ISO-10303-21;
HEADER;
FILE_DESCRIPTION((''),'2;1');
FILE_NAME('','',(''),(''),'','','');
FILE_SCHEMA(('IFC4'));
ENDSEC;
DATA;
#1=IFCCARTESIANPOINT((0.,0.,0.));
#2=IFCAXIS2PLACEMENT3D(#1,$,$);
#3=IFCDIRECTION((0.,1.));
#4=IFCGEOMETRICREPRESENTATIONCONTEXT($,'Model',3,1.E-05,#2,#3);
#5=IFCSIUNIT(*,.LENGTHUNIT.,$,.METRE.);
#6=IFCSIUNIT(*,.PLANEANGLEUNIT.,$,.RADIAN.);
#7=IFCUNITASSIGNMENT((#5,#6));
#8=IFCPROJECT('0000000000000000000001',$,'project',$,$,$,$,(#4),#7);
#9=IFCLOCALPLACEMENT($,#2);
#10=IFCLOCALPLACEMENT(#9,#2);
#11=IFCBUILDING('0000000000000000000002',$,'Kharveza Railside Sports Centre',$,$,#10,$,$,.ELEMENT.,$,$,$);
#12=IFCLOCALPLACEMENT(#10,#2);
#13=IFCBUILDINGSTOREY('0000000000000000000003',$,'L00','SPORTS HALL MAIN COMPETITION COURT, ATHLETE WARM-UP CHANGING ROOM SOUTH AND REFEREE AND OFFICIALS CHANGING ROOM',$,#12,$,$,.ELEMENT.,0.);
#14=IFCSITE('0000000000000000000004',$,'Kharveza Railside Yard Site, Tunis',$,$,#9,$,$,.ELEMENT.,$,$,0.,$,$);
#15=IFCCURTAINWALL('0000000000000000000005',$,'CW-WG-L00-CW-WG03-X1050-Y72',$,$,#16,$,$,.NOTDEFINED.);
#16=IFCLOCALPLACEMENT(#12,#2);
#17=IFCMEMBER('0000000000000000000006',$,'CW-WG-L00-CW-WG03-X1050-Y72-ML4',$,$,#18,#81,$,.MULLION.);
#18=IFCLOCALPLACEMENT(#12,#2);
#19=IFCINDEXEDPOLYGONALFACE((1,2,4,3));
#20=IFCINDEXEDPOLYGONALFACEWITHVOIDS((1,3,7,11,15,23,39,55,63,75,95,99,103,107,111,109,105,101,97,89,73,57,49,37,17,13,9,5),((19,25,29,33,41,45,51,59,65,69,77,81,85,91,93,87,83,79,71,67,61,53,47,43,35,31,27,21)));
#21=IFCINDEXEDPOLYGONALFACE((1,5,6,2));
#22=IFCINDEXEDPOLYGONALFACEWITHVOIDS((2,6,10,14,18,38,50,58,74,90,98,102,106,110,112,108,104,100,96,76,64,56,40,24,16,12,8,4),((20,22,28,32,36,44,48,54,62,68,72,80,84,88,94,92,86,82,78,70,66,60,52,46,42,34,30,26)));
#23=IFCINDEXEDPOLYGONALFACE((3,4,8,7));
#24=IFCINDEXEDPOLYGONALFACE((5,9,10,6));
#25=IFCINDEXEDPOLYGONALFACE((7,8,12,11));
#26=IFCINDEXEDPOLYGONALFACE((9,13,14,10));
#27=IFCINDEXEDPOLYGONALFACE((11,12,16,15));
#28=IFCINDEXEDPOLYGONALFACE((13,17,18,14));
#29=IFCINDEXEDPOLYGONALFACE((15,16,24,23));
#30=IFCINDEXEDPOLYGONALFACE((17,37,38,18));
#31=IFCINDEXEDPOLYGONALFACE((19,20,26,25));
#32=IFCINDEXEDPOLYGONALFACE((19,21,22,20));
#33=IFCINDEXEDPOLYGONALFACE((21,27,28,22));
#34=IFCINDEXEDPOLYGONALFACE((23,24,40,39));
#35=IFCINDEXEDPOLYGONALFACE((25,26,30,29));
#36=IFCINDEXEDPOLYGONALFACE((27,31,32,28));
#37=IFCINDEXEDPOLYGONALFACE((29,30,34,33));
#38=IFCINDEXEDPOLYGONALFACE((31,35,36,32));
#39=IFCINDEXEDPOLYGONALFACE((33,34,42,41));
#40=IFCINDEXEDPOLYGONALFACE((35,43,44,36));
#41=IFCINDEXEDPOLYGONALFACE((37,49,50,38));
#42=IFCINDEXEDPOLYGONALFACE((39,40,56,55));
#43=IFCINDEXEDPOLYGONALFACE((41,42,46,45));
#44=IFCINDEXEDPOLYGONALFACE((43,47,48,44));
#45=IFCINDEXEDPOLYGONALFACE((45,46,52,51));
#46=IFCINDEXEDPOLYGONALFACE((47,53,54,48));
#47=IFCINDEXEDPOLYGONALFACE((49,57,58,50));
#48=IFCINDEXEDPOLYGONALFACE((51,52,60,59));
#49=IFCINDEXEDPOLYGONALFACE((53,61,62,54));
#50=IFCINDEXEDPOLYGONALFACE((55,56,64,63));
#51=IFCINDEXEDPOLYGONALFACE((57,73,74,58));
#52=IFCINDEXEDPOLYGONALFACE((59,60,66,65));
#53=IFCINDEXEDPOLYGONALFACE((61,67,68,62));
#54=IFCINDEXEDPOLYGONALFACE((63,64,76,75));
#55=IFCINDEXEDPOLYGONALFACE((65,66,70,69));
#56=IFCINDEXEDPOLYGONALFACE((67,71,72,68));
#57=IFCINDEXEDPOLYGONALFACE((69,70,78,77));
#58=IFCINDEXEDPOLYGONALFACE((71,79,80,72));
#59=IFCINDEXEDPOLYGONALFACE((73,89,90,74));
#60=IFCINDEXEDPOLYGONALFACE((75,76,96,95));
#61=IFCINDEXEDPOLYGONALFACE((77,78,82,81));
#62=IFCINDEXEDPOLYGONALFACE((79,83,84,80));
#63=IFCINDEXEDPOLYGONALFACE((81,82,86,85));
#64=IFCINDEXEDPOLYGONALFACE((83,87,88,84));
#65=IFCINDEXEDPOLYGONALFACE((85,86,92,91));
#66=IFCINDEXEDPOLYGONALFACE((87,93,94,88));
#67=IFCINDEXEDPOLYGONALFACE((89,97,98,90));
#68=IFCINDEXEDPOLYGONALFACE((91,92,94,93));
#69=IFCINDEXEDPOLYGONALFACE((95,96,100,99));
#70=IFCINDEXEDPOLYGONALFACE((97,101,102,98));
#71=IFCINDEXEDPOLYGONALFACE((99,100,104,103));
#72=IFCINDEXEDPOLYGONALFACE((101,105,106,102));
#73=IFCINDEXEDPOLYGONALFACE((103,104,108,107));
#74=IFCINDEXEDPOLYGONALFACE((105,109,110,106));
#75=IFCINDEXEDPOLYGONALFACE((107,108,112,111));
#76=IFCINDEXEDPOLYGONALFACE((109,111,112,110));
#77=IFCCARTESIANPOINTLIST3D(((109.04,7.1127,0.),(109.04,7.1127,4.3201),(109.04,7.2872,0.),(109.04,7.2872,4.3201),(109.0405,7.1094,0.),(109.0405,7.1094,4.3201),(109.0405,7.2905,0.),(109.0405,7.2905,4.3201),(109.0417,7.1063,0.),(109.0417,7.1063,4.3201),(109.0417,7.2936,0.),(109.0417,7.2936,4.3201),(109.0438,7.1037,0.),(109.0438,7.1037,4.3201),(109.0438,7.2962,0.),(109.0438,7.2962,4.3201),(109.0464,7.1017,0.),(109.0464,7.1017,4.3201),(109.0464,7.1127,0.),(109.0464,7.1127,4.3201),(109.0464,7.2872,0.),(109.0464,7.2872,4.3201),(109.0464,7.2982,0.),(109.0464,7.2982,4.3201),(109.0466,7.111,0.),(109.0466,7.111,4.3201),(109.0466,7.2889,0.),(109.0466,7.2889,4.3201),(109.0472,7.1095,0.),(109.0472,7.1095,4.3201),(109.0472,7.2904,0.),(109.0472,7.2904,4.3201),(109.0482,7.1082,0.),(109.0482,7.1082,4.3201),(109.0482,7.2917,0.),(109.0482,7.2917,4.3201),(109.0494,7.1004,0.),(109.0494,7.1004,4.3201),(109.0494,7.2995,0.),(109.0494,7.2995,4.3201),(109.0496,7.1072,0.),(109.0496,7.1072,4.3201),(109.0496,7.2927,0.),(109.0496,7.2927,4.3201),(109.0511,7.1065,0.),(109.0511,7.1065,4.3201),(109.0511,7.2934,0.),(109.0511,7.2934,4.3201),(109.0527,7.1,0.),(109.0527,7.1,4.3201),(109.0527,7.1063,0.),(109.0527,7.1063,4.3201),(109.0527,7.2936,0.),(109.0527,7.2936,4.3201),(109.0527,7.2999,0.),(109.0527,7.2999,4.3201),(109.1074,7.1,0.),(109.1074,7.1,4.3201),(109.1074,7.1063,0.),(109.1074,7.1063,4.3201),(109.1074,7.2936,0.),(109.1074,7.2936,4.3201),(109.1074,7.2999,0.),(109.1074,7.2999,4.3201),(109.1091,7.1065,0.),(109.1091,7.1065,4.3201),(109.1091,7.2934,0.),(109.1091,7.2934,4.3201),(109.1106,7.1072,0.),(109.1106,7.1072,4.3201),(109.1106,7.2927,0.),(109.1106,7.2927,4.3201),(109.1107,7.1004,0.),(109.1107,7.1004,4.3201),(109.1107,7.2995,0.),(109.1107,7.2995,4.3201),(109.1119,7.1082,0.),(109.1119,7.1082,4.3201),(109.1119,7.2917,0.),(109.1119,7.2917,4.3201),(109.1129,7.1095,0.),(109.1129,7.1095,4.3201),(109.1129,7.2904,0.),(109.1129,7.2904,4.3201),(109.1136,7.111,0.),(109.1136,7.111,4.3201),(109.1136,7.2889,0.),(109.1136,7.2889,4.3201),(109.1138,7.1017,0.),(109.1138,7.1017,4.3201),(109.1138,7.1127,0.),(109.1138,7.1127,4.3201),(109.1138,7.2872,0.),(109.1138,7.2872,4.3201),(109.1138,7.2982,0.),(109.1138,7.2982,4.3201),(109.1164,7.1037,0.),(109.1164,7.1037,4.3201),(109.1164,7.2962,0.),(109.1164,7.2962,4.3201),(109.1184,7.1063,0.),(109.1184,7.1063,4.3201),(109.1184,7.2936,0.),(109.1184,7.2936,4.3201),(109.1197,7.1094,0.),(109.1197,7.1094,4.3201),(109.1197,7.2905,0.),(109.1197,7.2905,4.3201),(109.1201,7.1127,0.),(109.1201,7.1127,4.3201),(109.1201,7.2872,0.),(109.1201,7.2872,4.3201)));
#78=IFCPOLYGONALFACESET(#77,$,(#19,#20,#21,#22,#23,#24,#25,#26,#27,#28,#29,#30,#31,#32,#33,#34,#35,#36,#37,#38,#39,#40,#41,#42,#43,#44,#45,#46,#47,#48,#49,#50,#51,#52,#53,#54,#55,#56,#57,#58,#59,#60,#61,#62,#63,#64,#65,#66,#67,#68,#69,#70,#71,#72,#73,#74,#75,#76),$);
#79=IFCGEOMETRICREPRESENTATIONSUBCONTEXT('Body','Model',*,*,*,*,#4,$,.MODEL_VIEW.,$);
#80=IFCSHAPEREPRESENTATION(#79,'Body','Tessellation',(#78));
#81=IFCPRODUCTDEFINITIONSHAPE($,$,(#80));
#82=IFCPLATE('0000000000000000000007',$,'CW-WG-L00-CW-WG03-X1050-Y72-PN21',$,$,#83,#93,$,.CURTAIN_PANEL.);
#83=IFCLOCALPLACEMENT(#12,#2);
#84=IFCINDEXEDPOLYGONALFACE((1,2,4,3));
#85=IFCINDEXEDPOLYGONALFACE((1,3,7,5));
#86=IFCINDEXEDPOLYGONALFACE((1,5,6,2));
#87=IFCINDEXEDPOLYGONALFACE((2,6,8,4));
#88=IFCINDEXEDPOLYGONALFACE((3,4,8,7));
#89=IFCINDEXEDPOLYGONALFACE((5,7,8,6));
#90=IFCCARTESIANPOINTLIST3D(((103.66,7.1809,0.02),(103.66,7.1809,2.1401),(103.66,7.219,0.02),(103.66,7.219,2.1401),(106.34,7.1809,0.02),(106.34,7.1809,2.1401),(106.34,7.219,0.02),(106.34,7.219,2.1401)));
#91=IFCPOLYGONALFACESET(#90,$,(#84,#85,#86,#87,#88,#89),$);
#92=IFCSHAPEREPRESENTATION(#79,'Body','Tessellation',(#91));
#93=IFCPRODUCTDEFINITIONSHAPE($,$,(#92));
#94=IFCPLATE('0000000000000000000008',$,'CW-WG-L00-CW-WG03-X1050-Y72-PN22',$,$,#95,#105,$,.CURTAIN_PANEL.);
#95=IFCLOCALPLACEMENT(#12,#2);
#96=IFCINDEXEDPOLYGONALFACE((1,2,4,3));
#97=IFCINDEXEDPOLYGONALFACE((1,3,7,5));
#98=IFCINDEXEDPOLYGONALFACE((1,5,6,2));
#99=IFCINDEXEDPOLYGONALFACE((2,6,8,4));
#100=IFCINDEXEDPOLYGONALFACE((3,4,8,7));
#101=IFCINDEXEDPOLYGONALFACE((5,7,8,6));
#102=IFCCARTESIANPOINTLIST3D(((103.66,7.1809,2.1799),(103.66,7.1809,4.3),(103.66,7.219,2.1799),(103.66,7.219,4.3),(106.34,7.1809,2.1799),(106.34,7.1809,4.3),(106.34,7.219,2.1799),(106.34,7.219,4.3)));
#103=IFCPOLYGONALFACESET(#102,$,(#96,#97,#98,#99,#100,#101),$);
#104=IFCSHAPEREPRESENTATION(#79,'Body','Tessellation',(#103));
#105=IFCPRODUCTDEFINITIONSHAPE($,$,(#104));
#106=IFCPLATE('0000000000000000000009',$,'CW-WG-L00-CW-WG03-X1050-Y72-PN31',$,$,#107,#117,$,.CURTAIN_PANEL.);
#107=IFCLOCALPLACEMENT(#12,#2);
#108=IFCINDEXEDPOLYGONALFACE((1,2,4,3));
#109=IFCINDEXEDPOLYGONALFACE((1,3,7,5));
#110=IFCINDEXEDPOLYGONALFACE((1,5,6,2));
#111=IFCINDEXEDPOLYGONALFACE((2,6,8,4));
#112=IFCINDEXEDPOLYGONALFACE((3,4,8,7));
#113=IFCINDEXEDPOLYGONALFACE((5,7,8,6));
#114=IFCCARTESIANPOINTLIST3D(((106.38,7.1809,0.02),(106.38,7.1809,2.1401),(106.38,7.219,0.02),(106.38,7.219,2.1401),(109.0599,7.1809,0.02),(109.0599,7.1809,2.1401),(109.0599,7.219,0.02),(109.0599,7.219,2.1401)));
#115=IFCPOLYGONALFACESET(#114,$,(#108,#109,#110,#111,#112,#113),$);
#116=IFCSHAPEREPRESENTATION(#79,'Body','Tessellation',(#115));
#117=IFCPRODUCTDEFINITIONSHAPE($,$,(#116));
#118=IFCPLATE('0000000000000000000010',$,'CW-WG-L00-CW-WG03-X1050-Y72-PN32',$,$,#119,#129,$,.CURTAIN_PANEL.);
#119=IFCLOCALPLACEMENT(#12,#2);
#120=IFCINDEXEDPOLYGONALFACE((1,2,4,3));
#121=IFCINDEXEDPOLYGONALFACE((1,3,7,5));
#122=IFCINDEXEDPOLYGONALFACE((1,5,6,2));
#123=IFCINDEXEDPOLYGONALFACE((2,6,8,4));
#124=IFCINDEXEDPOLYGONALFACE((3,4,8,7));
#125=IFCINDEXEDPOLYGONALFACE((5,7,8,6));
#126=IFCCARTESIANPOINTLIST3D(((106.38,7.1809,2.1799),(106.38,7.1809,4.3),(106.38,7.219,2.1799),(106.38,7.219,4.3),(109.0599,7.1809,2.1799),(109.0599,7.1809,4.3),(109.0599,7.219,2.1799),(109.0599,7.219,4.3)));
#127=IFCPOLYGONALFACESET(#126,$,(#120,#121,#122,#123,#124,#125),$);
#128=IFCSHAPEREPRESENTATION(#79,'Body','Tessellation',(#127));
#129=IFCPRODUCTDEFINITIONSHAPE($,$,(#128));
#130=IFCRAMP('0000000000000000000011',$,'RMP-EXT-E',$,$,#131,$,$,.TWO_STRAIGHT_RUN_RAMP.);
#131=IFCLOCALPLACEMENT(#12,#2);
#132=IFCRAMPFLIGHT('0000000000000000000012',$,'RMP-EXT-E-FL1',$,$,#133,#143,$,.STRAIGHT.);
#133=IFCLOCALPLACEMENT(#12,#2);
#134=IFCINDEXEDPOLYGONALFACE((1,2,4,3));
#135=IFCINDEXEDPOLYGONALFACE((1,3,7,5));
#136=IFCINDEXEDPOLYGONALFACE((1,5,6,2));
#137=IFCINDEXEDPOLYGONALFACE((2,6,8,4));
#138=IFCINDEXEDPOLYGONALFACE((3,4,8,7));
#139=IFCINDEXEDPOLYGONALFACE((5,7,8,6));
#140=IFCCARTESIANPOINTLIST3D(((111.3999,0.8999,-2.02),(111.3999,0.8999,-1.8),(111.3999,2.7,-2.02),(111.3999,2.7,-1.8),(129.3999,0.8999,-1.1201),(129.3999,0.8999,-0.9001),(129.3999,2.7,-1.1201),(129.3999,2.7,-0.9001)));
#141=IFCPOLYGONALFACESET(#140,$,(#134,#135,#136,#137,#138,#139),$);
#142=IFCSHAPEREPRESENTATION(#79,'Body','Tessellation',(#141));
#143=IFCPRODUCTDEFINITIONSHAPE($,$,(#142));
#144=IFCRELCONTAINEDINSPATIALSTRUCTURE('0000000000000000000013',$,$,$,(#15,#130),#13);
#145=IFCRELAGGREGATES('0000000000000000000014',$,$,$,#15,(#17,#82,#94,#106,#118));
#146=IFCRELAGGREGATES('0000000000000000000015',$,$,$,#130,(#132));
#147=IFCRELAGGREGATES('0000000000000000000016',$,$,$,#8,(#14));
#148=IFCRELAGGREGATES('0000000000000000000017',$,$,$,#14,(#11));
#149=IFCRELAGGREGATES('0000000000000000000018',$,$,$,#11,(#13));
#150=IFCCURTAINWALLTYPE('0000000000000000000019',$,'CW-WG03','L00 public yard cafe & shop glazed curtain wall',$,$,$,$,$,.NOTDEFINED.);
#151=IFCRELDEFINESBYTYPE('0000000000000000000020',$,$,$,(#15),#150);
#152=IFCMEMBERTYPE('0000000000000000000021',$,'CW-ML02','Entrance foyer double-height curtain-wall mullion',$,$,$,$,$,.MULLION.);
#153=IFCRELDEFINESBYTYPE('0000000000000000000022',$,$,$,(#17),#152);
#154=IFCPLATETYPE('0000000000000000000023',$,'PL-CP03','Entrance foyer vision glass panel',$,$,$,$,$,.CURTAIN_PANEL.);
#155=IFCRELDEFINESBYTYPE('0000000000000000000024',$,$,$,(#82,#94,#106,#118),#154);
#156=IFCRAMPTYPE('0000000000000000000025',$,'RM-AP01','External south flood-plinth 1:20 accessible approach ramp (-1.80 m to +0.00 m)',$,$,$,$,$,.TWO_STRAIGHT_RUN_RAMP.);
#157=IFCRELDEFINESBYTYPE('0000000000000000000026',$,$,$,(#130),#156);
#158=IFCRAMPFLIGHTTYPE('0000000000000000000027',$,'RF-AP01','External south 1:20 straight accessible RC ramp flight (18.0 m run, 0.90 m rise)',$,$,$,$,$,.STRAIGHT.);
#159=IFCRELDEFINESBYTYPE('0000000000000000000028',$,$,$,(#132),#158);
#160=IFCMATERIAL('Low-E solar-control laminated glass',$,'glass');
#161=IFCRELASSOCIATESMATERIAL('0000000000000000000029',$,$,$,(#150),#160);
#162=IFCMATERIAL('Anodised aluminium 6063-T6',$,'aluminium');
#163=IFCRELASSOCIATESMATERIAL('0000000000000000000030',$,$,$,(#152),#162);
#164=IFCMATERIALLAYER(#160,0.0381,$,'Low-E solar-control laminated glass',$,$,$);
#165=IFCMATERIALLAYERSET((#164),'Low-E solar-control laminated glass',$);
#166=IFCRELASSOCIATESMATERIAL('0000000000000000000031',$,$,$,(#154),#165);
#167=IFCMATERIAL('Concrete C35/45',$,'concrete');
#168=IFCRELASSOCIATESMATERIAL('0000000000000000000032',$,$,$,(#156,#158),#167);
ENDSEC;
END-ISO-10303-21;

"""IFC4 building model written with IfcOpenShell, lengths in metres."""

from ifc_helpers import new_model, si_unit, direction, frame, origin, origin_2d, place, context, subcontext, project, spatial, polyline, rectangle, hollow_rectangle, outline, extrude, material, layer, layer_set, material_profile, profile_set, type_object, element, aggregate, save


model = new_model("IFC4")

# Units and contexts
model_context = context("Model", 3, precision=1e-05, world=origin(), true_north=direction((0.0, 1.0)))
body_context = subcontext(model_context, "Body", "Model", "MODEL_VIEW")
ifc_project = project(units=[si_unit("LENGTHUNIT", "METRE"), si_unit("PLANEANGLEUNIT", "RADIAN")], contexts=[model_context])

# Site, building, storey
site_placement = place(None, origin())
site = spatial("IfcSite", under=ifc_project, at=site_placement, Name="Kharveza Railside Yard Site, Tunis", CompositionType="ELEMENT", RefElevation=0.0)
building_placement = place(site_placement, origin())
building = spatial("IfcBuilding", under=site, at=building_placement, Name="Kharveza Railside Sports Centre", CompositionType="ELEMENT")
storey_placement = place(building_placement, origin())
storey = spatial("IfcBuildingStorey", under=building, at=storey_placement, Name="L00", Description="SPORTS HALL MAIN COMPETITION COURT, ATHLETE WARM-UP CHANGING ROOM SOUTH AND REFEREE AND OFFICIALS CHANGING ROOM", CompositionType="ELEMENT", Elevation=0.0)

# Shared definitions
ifc_material_1 = material(Name="Concrete C35/45", Category="concrete")

# Curtain wall, member, plates
ifc_material_2 = material(Name="Low-E solar-control laminated glass", Category="glass")
curtain_wall_type = type_object("IfcCurtainWallType", Name="CW-WG03", Description="L00 public yard cafe & shop glazed curtain wall", PredefinedType="NOTDEFINED", material=ifc_material_2)
curtain_wall_placement = place(storey_placement, origin())
curtain_wall = element("IfcCurtainWall", 1, at=curtain_wall_placement, inside=storey, type_object=curtain_wall_type, Name="CW-WG-L00-CW-WG03-X1050-Y72", PredefinedType="NOTDEFINED")
ifc_material_3 = material(Name="Anodised aluminium 6063-T6", Category="aluminium")
ifc_material_profile_1 = material_profile(ifc_material_3, hollow_rectangle(XDim=0.0801, YDim=0.2, WallThickness=0.0063, InnerFilletRadius=0.0063, OuterFilletRadius=0.0127, at=origin_2d()), Name="RHS 80x200x6.3")
ifc_profile_set_1 = profile_set([ifc_material_profile_1], Name="Anodised aluminium 6063-T6")
member_type = type_object("IfcMemberType", Name="CW-ML02", Description="Entrance foyer double-height curtain-wall mullion", PredefinedType="MULLION", material=ifc_profile_set_1)
member_1_placement = place(storey_placement, frame((109.0801, 7.2, 0.0), z_axis=(0.0, 0.0, 1.0), x_axis=(1.0, 0.0, 0.0)))
member_1 = element("IfcMember", 2, at=member_1_placement, type_object=member_type, Name="CW-WG-L00-CW-WG03-X1050-Y72-ML4", PredefinedType="MULLION", context=body_context, shape_type="SweptSolid", body=[
    extrude(hollow_rectangle(XDim=0.0801, YDim=0.2, WallThickness=0.0063, InnerFilletRadius=0.0063, OuterFilletRadius=0.0127, at=origin_2d()), origin(), (0.0, 0.0, 1.0), 4.3201),
])
ifc_layer = layer(ifc_material_2, 0.0381, Name="Low-E solar-control laminated glass")
ifc_layer_set = layer_set([ifc_layer], Name="Low-E solar-control laminated glass")
plate_type = type_object("IfcPlateType", Name="PL-CP03", Description="Entrance foyer vision glass panel", PredefinedType="CURTAIN_PANEL", material=ifc_layer_set)
plate_1_placement = place(storey_placement, frame((105.0, 7.2, 0.02), z_axis=(0.0, 0.0, 1.0), x_axis=(1.0, 0.0, 0.0)))
plate_1 = element("IfcPlate", 3, at=plate_1_placement, type_object=plate_type, Name="CW-WG-L00-CW-WG03-X1050-Y72-PN21", PredefinedType="CURTAIN_PANEL", context=body_context, shape_type="SweptSolid", body=[
    extrude(rectangle(XDim=2.6799, YDim=0.0381, at=origin_2d()), origin(), (0.0, 0.0, 1.0), 2.1201),
])
plate_2_placement = place(storey_placement, frame((105.0, 7.2, 2.1799), z_axis=(0.0, 0.0, 1.0), x_axis=(1.0, 0.0, 0.0)))
plate_2 = element("IfcPlate", 4, at=plate_2_placement, type_object=plate_type, Name="CW-WG-L00-CW-WG03-X1050-Y72-PN22", PredefinedType="CURTAIN_PANEL", context=body_context, shape_type="SweptSolid", body=[
    extrude(rectangle(XDim=2.6799, YDim=0.0381, at=origin_2d()), origin(), (0.0, 0.0, 1.0), 2.1201),
])
plate_3_placement = place(storey_placement, frame((107.72, 7.2, 0.02), z_axis=(0.0, 0.0, 1.0), x_axis=(1.0, 0.0, 0.0)))
plate_3 = element("IfcPlate", 5, at=plate_3_placement, type_object=plate_type, Name="CW-WG-L00-CW-WG03-X1050-Y72-PN31", PredefinedType="CURTAIN_PANEL", context=body_context, shape_type="SweptSolid", body=[
    extrude(rectangle(XDim=2.6799, YDim=0.0381, at=origin_2d()), origin(), (0.0, 0.0, 1.0), 2.1201),
])
plate_4_placement = place(storey_placement, frame((107.72, 7.2, 2.1799), z_axis=(0.0, 0.0, 1.0), x_axis=(1.0, 0.0, 0.0)))
plate_4 = element("IfcPlate", 6, at=plate_4_placement, type_object=plate_type, Name="CW-WG-L00-CW-WG03-X1050-Y72-PN32", PredefinedType="CURTAIN_PANEL", context=body_context, shape_type="SweptSolid", body=[
    extrude(rectangle(XDim=2.6799, YDim=0.0381, at=origin_2d()), origin(), (0.0, 0.0, 1.0), 2.1201),
])
aggregate(curtain_wall, [member_1, plate_1, plate_2, plate_3, plate_4])

# Ramp, ramp flight
ramp_type = type_object("IfcRampType", Name="RM-AP01", Description="External south flood-plinth 1:20 accessible approach ramp (-1.80 m to +0.00 m)", PredefinedType="TWO_STRAIGHT_RUN_RAMP", material=ifc_material_1)
ramp_placement = place(storey_placement, origin())
ramp = element("IfcRamp", 7, at=ramp_placement, inside=storey, type_object=ramp_type, Name="RMP-EXT-E", PredefinedType="TWO_STRAIGHT_RUN_RAMP")
ramp_flight_type = type_object("IfcRampFlightType", Name="RF-AP01", Description="External south 1:20 straight accessible RC ramp flight (18.0 m run, 0.90 m rise)", PredefinedType="STRAIGHT", material=ifc_material_1)
ramp_flight_placement = place(storey_placement, frame((111.3999, 1.8, -1.8), z_axis=(0.0, 0.0, 1.0), x_axis=(1.0, 0.0, 0.0)))
ramp_flight = element("IfcRampFlight", 8, at=ramp_flight_placement, type_object=ramp_flight_type, Name="RMP-EXT-E-FL1", PredefinedType="STRAIGHT", context=body_context, shape_type="SweptSolid", body=[
    extrude(outline(polyline([(0.0, 0.0), (0.0, -0.22), (18.0, 0.6799), (18.0, 0.8999), (0.0, 0.0)])), frame((0.0, 0.8999, 0.0), z_axis=(0.0, -1.0, 0.0), x_axis=(1.0, 0.0, 0.0)), (0.0, 0.0, 1.0), 1.8),
])
aggregate(ramp, [ramp_flight])

save(model, "model.ifc")
